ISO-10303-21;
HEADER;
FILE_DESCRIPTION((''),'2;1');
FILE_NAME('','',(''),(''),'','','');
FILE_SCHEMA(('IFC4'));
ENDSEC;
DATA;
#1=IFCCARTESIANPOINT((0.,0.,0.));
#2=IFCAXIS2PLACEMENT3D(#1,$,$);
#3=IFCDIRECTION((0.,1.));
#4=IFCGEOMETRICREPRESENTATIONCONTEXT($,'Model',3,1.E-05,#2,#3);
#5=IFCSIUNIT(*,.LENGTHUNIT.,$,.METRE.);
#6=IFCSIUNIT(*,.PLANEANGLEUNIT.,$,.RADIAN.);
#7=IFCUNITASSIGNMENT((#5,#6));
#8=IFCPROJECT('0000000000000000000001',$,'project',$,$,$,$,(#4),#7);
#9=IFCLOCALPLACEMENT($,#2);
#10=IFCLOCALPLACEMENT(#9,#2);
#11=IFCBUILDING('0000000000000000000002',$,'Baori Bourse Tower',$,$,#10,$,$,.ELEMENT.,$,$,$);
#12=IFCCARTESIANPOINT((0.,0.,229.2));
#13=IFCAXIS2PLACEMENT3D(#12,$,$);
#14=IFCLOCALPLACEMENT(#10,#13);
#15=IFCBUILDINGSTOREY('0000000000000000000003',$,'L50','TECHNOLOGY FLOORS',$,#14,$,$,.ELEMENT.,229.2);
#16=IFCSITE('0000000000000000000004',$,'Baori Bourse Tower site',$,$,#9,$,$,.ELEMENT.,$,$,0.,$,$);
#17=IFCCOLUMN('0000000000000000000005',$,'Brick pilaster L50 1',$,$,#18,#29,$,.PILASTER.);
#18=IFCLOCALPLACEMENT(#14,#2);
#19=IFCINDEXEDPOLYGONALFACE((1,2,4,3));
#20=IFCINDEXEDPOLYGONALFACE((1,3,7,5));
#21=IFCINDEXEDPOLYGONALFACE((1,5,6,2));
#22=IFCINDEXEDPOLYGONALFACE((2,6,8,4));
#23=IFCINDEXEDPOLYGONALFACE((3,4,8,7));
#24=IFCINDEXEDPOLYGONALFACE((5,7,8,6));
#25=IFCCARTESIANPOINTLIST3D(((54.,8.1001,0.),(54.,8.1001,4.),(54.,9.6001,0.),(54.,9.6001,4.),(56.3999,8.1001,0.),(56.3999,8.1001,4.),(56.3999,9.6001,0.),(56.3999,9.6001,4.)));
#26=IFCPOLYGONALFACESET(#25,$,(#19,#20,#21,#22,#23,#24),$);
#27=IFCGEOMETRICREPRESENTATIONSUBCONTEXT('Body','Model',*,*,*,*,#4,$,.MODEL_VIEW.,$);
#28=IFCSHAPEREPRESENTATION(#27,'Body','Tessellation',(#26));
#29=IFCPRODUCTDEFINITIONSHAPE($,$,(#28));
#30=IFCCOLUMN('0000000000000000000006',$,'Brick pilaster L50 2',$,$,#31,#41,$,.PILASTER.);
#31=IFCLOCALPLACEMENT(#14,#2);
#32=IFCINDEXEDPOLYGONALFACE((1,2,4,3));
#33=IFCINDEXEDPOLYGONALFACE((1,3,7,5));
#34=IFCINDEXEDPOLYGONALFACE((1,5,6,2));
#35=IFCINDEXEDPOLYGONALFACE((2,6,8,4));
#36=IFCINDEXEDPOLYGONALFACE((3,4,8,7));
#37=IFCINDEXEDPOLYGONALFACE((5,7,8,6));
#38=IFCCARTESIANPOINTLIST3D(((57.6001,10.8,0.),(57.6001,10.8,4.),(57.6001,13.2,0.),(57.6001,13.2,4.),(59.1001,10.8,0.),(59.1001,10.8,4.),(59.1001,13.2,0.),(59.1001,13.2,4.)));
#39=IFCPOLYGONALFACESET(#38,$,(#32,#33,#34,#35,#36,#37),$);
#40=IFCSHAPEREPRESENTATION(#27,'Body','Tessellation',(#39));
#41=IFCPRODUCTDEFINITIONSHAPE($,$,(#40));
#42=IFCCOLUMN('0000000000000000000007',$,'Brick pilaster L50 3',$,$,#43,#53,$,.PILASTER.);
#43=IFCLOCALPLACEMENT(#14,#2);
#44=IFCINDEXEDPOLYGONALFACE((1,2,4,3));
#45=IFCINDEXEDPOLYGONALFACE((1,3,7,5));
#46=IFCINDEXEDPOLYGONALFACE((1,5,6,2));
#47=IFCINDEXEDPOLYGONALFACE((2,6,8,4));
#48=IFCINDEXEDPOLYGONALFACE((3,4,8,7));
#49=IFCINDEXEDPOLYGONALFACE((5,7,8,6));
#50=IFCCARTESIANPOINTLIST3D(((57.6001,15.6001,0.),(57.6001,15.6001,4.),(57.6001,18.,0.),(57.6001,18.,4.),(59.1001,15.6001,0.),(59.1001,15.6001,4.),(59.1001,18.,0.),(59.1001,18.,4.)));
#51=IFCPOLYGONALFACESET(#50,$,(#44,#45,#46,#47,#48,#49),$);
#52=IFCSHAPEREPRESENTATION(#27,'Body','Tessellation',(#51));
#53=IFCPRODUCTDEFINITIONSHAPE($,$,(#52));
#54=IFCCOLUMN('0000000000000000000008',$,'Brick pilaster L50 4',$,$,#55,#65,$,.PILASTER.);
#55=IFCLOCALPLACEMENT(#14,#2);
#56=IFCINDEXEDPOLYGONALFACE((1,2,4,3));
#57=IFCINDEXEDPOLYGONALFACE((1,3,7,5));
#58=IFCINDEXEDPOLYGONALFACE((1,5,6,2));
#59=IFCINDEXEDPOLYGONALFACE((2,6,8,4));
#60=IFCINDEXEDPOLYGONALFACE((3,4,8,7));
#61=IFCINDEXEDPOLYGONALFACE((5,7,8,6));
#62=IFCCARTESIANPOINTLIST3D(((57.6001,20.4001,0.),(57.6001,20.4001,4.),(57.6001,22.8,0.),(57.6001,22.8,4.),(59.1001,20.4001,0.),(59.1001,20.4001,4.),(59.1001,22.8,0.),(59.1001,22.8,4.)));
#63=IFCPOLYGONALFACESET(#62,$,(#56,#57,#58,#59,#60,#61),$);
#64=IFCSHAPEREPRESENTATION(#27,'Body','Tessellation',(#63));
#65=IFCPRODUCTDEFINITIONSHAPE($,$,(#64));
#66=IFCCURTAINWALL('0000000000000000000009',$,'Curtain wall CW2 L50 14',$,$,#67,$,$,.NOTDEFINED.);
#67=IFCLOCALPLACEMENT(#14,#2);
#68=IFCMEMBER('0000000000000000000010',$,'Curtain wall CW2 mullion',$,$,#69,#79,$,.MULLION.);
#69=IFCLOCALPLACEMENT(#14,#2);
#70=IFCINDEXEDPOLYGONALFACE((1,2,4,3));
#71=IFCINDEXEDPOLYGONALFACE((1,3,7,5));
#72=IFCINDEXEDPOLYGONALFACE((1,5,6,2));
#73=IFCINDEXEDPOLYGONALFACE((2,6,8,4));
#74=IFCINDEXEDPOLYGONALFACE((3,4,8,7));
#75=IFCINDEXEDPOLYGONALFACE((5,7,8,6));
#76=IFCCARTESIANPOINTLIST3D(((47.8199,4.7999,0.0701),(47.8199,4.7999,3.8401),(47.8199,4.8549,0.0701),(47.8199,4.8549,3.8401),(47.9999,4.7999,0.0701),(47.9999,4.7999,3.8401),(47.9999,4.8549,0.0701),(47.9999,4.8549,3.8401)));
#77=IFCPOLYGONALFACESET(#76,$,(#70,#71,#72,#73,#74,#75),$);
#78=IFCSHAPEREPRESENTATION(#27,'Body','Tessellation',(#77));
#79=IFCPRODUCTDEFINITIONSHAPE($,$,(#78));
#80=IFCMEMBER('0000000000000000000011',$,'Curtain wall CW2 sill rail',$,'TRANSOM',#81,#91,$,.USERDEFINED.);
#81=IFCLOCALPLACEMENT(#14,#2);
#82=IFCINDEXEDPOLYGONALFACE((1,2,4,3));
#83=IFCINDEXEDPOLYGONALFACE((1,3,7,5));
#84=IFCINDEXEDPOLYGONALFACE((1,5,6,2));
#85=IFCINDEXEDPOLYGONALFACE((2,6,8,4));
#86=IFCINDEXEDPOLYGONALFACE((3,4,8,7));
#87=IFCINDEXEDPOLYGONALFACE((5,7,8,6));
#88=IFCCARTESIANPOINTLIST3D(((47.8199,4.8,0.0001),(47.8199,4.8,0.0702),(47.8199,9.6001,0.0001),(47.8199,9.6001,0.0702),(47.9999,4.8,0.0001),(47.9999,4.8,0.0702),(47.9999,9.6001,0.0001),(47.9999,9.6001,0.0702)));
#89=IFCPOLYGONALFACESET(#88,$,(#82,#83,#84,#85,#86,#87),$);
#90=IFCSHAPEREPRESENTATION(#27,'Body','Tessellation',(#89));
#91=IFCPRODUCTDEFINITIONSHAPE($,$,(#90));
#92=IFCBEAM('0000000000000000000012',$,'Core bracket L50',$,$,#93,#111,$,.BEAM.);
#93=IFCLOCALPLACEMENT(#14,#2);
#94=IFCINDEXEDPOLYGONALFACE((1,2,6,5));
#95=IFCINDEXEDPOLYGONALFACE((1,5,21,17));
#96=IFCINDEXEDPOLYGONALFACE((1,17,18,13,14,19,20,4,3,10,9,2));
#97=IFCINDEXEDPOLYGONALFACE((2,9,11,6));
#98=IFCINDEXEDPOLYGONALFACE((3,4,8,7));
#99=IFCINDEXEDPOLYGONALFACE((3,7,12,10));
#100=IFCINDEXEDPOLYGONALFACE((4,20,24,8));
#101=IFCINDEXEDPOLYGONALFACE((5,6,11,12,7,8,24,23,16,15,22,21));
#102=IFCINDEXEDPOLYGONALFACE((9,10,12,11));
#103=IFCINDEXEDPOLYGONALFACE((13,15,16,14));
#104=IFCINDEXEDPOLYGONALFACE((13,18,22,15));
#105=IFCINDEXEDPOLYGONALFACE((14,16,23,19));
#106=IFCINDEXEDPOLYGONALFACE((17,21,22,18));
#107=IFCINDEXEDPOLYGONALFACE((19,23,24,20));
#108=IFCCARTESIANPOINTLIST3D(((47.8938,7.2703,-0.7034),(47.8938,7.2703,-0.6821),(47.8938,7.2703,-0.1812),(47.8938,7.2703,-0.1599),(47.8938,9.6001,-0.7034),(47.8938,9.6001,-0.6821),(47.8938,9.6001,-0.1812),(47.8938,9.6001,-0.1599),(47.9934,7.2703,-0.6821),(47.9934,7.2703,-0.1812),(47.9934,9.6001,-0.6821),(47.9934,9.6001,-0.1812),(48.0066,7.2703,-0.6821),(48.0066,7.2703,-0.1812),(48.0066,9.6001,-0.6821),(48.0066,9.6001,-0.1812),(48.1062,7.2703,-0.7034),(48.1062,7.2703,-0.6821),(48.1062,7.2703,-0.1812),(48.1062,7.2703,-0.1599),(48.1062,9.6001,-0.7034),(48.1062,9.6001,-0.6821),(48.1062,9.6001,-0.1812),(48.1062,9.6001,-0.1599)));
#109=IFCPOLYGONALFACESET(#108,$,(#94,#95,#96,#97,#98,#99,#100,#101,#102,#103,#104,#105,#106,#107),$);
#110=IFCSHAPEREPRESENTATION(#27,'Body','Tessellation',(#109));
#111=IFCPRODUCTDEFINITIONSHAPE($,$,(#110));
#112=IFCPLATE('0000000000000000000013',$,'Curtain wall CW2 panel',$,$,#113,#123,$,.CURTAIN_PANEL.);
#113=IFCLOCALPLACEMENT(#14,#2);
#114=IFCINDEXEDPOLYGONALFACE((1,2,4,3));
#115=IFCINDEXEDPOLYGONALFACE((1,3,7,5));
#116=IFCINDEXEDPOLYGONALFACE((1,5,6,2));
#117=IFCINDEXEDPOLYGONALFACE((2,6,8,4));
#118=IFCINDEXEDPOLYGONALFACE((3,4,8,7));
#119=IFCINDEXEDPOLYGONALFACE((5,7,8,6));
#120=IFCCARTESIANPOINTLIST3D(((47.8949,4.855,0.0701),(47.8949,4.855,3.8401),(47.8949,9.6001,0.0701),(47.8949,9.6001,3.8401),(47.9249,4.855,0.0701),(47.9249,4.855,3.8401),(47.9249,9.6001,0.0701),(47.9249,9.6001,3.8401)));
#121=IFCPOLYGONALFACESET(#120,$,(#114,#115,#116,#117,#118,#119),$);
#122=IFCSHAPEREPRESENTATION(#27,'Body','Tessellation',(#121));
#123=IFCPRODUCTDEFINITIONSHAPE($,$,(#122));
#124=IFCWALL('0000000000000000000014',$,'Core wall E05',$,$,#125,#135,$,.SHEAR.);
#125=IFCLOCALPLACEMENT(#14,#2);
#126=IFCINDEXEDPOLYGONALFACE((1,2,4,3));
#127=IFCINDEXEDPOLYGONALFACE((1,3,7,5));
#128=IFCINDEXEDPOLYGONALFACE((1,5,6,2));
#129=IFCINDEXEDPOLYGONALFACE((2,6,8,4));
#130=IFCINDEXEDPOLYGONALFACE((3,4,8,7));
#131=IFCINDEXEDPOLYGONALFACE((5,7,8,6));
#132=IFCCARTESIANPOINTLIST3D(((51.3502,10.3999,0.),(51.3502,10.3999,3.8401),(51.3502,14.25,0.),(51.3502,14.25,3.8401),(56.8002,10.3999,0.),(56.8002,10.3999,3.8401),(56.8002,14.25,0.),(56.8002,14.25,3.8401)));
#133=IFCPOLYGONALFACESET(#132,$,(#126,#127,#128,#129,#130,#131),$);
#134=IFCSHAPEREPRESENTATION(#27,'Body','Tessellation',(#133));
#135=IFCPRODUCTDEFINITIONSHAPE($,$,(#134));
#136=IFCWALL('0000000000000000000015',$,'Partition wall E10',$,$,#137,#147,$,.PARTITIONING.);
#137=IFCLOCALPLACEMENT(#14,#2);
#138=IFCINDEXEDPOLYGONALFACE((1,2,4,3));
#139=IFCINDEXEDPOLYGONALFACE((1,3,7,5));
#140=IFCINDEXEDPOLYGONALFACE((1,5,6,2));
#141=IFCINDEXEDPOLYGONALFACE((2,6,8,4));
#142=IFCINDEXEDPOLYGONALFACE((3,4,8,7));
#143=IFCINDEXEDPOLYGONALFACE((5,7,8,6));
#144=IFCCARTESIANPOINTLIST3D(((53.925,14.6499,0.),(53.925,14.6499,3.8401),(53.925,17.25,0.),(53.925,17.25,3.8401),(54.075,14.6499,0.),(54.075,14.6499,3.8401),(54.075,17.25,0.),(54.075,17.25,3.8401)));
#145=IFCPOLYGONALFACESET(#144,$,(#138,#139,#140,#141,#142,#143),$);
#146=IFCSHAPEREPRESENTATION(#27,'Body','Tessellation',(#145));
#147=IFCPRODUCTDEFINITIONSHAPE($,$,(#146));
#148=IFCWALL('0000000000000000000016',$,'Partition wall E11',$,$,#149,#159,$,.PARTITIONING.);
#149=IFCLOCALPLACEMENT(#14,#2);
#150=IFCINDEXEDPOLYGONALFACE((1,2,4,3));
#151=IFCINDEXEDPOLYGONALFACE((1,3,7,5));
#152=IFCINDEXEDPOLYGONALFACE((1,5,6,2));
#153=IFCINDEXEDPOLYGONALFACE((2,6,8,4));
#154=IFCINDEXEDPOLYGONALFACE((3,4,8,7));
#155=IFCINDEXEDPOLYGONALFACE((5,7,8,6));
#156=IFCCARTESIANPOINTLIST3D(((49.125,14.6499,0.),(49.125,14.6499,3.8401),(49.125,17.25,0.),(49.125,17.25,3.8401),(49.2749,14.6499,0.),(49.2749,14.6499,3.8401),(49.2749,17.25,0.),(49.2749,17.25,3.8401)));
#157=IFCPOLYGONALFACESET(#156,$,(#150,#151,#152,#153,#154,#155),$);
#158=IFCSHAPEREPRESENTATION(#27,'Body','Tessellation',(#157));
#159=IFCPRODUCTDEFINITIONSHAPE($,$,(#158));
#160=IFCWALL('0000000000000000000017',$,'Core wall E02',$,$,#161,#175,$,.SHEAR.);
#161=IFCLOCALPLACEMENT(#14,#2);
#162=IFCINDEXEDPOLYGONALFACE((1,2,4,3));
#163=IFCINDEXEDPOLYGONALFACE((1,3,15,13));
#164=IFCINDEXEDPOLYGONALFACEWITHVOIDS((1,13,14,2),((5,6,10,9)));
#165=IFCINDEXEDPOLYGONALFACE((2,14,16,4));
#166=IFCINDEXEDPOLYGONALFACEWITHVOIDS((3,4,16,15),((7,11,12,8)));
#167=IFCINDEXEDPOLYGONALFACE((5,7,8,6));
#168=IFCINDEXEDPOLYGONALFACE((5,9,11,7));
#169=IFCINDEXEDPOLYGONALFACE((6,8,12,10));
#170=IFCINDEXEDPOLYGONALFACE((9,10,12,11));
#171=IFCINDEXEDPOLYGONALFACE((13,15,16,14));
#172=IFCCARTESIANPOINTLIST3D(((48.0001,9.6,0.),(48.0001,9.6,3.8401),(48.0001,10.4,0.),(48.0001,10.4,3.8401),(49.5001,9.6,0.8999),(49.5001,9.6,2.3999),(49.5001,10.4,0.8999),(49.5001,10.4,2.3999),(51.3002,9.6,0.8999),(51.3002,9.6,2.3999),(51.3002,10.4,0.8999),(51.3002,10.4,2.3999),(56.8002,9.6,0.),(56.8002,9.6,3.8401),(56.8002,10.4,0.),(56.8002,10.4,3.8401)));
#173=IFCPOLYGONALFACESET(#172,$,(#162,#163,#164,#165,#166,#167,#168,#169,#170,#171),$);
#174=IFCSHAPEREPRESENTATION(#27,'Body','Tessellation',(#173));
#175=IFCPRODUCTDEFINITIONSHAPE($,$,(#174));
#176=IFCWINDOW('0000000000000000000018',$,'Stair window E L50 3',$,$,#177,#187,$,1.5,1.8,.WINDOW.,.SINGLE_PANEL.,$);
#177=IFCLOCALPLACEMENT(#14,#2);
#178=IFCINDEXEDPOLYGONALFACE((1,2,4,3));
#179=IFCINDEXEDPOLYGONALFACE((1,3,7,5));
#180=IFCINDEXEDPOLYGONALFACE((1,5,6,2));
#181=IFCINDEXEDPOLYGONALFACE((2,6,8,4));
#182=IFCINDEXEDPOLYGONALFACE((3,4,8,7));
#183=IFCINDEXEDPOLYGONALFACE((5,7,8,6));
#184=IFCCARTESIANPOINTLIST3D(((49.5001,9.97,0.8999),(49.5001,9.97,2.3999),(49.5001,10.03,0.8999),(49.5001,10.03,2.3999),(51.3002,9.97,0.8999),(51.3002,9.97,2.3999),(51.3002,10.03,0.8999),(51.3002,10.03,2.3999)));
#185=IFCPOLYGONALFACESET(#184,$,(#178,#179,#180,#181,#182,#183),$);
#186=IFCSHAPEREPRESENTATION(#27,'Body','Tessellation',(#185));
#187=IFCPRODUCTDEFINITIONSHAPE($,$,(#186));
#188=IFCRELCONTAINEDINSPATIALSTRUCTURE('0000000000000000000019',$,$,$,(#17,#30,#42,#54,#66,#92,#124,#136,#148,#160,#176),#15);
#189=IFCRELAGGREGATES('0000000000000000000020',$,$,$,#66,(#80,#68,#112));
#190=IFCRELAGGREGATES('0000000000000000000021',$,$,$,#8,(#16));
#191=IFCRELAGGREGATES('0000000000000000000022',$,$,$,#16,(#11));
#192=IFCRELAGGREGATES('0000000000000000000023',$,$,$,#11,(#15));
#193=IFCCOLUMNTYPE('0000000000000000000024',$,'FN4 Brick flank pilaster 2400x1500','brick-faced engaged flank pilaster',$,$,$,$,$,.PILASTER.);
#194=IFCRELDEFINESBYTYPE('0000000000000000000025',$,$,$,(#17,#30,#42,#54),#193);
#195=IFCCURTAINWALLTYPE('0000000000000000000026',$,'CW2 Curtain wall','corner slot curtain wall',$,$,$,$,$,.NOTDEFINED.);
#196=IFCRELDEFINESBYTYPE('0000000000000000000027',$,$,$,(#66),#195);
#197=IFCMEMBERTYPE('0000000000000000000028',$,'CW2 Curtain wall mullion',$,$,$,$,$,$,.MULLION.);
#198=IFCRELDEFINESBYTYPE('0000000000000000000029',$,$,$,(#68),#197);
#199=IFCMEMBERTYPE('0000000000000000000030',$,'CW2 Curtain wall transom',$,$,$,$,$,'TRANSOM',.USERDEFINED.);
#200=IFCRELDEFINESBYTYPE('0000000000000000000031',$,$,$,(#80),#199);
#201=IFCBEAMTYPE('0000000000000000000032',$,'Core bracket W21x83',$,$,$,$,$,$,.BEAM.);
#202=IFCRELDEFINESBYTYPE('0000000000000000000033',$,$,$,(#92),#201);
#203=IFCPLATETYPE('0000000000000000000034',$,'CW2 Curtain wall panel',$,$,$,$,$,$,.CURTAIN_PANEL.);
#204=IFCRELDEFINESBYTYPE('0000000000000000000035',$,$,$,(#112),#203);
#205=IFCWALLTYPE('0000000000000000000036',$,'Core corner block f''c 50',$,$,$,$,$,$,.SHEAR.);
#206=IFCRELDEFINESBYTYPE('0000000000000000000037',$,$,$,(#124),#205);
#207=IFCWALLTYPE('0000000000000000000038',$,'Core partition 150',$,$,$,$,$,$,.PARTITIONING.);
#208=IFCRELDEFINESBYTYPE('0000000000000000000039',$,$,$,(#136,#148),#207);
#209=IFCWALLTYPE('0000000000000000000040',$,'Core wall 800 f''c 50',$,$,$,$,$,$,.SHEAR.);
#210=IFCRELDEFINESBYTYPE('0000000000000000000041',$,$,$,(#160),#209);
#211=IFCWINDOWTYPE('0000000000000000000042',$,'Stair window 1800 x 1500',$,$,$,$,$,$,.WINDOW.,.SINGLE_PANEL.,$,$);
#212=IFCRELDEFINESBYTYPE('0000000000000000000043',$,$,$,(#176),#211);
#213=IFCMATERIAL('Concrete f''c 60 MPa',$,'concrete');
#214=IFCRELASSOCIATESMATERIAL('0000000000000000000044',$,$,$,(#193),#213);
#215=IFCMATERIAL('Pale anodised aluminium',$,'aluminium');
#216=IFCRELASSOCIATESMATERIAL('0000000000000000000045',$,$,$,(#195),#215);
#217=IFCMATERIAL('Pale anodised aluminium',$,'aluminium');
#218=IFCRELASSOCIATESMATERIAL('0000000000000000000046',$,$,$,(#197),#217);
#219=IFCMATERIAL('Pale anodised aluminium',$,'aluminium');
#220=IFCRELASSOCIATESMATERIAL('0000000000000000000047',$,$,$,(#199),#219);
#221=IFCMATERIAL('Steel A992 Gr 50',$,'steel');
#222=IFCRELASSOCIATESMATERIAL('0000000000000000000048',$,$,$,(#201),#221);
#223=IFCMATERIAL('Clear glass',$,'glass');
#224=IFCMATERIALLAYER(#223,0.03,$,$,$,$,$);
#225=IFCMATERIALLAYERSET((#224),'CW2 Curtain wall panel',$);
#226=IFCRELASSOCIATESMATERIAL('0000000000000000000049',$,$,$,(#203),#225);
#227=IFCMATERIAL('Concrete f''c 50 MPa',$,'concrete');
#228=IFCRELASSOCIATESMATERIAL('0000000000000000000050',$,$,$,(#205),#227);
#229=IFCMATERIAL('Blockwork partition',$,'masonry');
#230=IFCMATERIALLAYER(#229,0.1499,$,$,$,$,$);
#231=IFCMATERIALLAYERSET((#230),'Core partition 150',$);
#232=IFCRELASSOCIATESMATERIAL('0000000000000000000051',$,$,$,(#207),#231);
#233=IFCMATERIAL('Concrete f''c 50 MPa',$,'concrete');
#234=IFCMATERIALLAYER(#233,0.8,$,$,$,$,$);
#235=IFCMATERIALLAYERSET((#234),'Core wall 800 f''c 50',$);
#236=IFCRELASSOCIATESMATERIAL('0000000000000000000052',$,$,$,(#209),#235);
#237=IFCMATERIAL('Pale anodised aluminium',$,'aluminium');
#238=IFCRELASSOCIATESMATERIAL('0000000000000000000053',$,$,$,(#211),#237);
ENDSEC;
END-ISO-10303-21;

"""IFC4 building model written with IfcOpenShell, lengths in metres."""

from ifc_helpers import new_model, si_unit, direction, frame, frame_2d, origin, origin_2d, place, context, subcontext, project, spatial, rectangle, i_section, extrude, material, layer, layer_set, material_profile, profile_set, type_object, element, fill, aggregate, save


model = new_model("IFC4")

# Units and contexts
model_context = context("Model", 3, precision=1e-05, world=origin(), true_north=direction((0.0, 1.0)))
body_context = subcontext(model_context, "Body", "Model", "MODEL_VIEW")
ifc_project = project(units=[si_unit("LENGTHUNIT", "METRE"), si_unit("PLANEANGLEUNIT", "RADIAN")], contexts=[model_context])

# Site, building, storey
site_placement = place(None, origin())
site = spatial("IfcSite", under=ifc_project, at=site_placement, Name="Baori Bourse Tower site", CompositionType="ELEMENT", RefElevation=0.0)
building_placement = place(site_placement, origin())
building = spatial("IfcBuilding", under=site, at=building_placement, Name="Baori Bourse Tower", CompositionType="ELEMENT")
storey_placement = place(building_placement, frame((0.0, 0.0, 229.2)))
storey = spatial("IfcBuildingStorey", under=building, at=storey_placement, Name="L50", Description="TECHNOLOGY FLOORS", CompositionType="ELEMENT", Elevation=229.2)

# Columns
ifc_material_1 = material(Name="Concrete f'c 60 MPa", Category="concrete")
ifc_material_profile_1 = material_profile(ifc_material_1, rectangle(XDim=2.3999, YDim=1.5, at=origin_2d()), Name="RC 2400x1500")
ifc_profile_set_1 = profile_set([ifc_material_profile_1], Name="Concrete f'c 60 MPa")
column_type = type_object("IfcColumnType", Name="FN4 Brick flank pilaster 2400x1500", Description="brick-faced engaged flank pilaster", PredefinedType="PILASTER", material=ifc_profile_set_1)
for number, where, z_axis, x_axis, name in (
    (1, (55.2, 8.8501, 0.0), (0.0, 0.0, 1.0), (1.0, 0.0, 0.0), "Brick pilaster L50 1"),
    (2, (58.3501, 12.0, 0.0), (0.0, 0.0, 1.0), (0.0, 1.0, 0.0), "Brick pilaster L50 2"),
    (3, (58.3501, 16.8, 0.0), (0.0, 0.0, 1.0), (0.0, 1.0, 0.0), "Brick pilaster L50 3"),
    (4, (58.3501, 21.6001, 0.0), (0.0, 0.0, 1.0), (0.0, 1.0, 0.0), "Brick pilaster L50 4"),
):
    element("IfcColumn", number, at=place(storey_placement, frame(where, z_axis=z_axis, x_axis=x_axis)), inside=storey, type_object=column_type, Name=name, PredefinedType="PILASTER", context=body_context, shape_type="SweptSolid", body=[
        extrude(rectangle(XDim=2.3999, YDim=1.5, at=origin_2d()), origin(), (0.0, 0.0, 1.0), 4.0),
    ])

# Curtain wall, members
ifc_material_2 = material(Name="Pale anodised aluminium", Category="aluminium")
curtain_wall_type = type_object("IfcCurtainWallType", Name="CW2 Curtain wall", Description="corner slot curtain wall", PredefinedType="NOTDEFINED", material=ifc_material_2)
curtain_wall_placement = place(storey_placement, origin())
curtain_wall = element("IfcCurtainWall", 5, at=curtain_wall_placement, inside=storey, type_object=curtain_wall_type, Name="Curtain wall CW2 L50 14", PredefinedType="NOTDEFINED")
ifc_material_3 = material(Name="Pale anodised aluminium", Category="aluminium")
ifc_material_profile_2 = material_profile(ifc_material_3, rectangle(XDim=0.1799, YDim=0.0549, at=origin_2d()), Name="Mullion 55x180")
ifc_profile_set_2 = profile_set([ifc_material_profile_2], Name="Pale anodised aluminium")
member_type_1 = type_object("IfcMemberType", Name="CW2 Curtain wall mullion", PredefinedType="MULLION", material=ifc_profile_set_2)
member_1_placement = place(storey_placement, frame((47.9099, 4.8274, 0.0701), z_axis=(0.0, 0.0, 1.0), x_axis=(-1.0, 0.0, 0.0)))
member_1 = element("IfcMember", 6, at=member_1_placement, type_object=member_type_1, Name="Curtain wall CW2 mullion", PredefinedType="MULLION", context=body_context, shape_type="SweptSolid", body=[
    extrude(rectangle(XDim=0.1799, YDim=0.0549, at=origin_2d()), origin(), (0.0, 0.0, 1.0), 3.77),
])
ifc_material_4 = material(Name="Pale anodised aluminium", Category="aluminium")
ifc_material_profile_3 = material_profile(ifc_material_4, rectangle(XDim=0.1799, YDim=0.0701, at=origin_2d()), Name="Transom 70x180")
ifc_profile_set_3 = profile_set([ifc_material_profile_3], Name="Pale anodised aluminium")
member_type_2 = type_object("IfcMemberType", Name="CW2 Curtain wall transom", ElementType="TRANSOM", PredefinedType="USERDEFINED", material=ifc_profile_set_3)
member_2_placement = place(storey_placement, frame((47.9099, 4.8, 0.0352), z_axis=(0.0, 1.0, 0.0), x_axis=(-1.0, 0.0, 0.0)))
member_2 = element("IfcMember", 7, at=member_2_placement, type_object=member_type_2, Name="Curtain wall CW2 sill rail", ObjectType="TRANSOM", PredefinedType="USERDEFINED", context=body_context, shape_type="SweptSolid", body=[
    extrude(rectangle(XDim=0.1799, YDim=0.0701, at=origin_2d()), origin(), (0.0, 0.0, 1.0), 4.8),
])

# Beam
ifc_material_5 = material(Name="Steel A992 Gr 50", Category="steel")
ifc_material_profile_4 = material_profile(ifc_material_5, i_section(OverallWidth=0.2124, OverallDepth=0.5435, WebThickness=0.0132, FlangeThickness=0.0212, at=origin_2d()), Name="W21x83")
ifc_profile_set_4 = profile_set([ifc_material_profile_4], Name="Steel A992 Gr 50")
beam_type = type_object("IfcBeamType", Name="Core bracket W21x83", PredefinedType="BEAM", material=ifc_profile_set_4)
beam_placement = place(storey_placement, frame((48.0, 7.2703, -0.4316), z_axis=(0.0, 1.0, 0.0), x_axis=(-1.0, 0.0, 0.0)))
element("IfcBeam", 8, at=beam_placement, inside=storey, type_object=beam_type, Name="Core bracket L50", PredefinedType="BEAM", context=body_context, shape_type="SweptSolid", body=[
    extrude(i_section(OverallWidth=0.2124, OverallDepth=0.5435, WebThickness=0.0132, FlangeThickness=0.0212, at=origin_2d()), origin(), (0.0, 0.0, 1.0), 2.3298),
])

# Plate
ifc_material_6 = material(Name="Clear glass", Category="glass")
ifc_layer_1 = layer(ifc_material_6, 0.03)
ifc_layer_set_1 = layer_set([ifc_layer_1], Name="CW2 Curtain wall panel")
plate_type = type_object("IfcPlateType", Name="CW2 Curtain wall panel", PredefinedType="CURTAIN_PANEL", material=ifc_layer_set_1)
plate_placement = place(storey_placement, frame((47.9099, 7.2275, 0.0701), z_axis=(0.0, 0.0, 1.0), x_axis=(0.0, 1.0, 0.0)))
plate = element("IfcPlate", 9, at=plate_placement, type_object=plate_type, Name="Curtain wall CW2 panel", PredefinedType="CURTAIN_PANEL", context=body_context, shape_type="SweptSolid", body=[
    extrude(rectangle(XDim=4.7451, YDim=0.03, at=origin_2d()), origin(), (0.0, 0.0, 1.0), 3.77),
])
aggregate(curtain_wall, [member_2, member_1, plate])

# Walls
ifc_material_7 = material(Name="Concrete f'c 50 MPa", Category="concrete")
wall_type_1 = type_object("IfcWallType", Name="Core corner block f'c 50", PredefinedType="SHEAR", material=ifc_material_7)
wall_1_placement = place(storey_placement, frame((51.3501, 12.325, 0.0), z_axis=(0.0, 0.0, 1.0), x_axis=(1.0, 0.0, 0.0)))
element("IfcWall", 10, at=wall_1_placement, inside=storey, type_object=wall_type_1, Name="Core wall E05", PredefinedType="SHEAR", context=body_context, shape_type="SweptSolid", body=[
    extrude(rectangle(XDim=5.45, YDim=3.8501, at=frame_2d((2.7251, 0.0))), origin(), (0.0, 0.0, 1.0), 3.8401),
])
ifc_material_8 = material(Name="Blockwork partition", Category="masonry")
ifc_layer_2 = layer(ifc_material_8, 0.1499)
ifc_layer_set_2 = layer_set([ifc_layer_2], Name="Core partition 150")
wall_type_2 = type_object("IfcWallType", Name="Core partition 150", PredefinedType="PARTITIONING", material=ifc_layer_set_2)
for number, where, z_axis, x_axis, name in (
    (11, (54.0, 14.6499, 0.0), (0.0, 0.0, 1.0), (0.0, 1.0, 0.0), "Partition wall E10"),
    (12, (49.2, 14.6499, 0.0), (0.0, 0.0, 1.0), (0.0, 1.0, 0.0), "Partition wall E11"),
):
    element("IfcWall", number, at=place(storey_placement, frame(where, z_axis=z_axis, x_axis=x_axis)), inside=storey, type_object=wall_type_2, Name=name, PredefinedType="PARTITIONING", context=body_context, shape_type="SweptSolid", body=[
        extrude(rectangle(XDim=2.6001, YDim=0.1499, at=frame_2d((1.3, 0.0))), origin(), (0.0, 0.0, 1.0), 3.8401),
    ])

# Wall, opening, window
ifc_material_9 = material(Name="Concrete f'c 50 MPa", Category="concrete")
ifc_layer_3 = layer(ifc_material_9, 0.8)
ifc_layer_set_3 = layer_set([ifc_layer_3], Name="Core wall 800 f'c 50")
wall_type_3 = type_object("IfcWallType", Name="Core wall 800 f'c 50", PredefinedType="SHEAR", material=ifc_layer_set_3)
wall_2_placement = place(storey_placement, frame((56.8, 10.0, 0.0), z_axis=(0.0, 0.0, 1.0), x_axis=(-1.0, 0.0, 0.0)))
wall_2 = element("IfcWall", 13, at=wall_2_placement, inside=storey, type_object=wall_type_3, Name="Core wall E02", PredefinedType="SHEAR", context=body_context, shape_type="SweptSolid", body=[
    extrude(rectangle(XDim=8.8, YDim=0.8, at=frame_2d((4.3999, 0.0))), origin(), (0.0, 0.0, 1.0), 3.8401),
])
opening_1_placement = place(wall_2_placement, frame((5.5, 0.0, 0.8999)))
opening_1 = element("IfcOpeningElement", 14, at=opening_1_placement, cuts=wall_2, PredefinedType="OPENING", context=body_context, shape_type="SweptSolid", body=[
    extrude(rectangle(XDim=1.8, YDim=1.5, at=frame_2d((0.8999, 0.75))), frame((0.0, 0.4099, 0.0), z_axis=(0.0, -1.0, 0.0), x_axis=(1.0, 0.0, 0.0)), (0.0, 0.0, 1.0), 0.8201),
])
ifc_material_10 = material(Name="Pale anodised aluminium", Category="aluminium")
window_type = type_object("IfcWindowType", Name="Stair window 1800 x 1500", PartitioningType="SINGLE_PANEL", PredefinedType="WINDOW", material=ifc_material_10)
window_placement = place(opening_1_placement, origin())
window = element("IfcWindow", 15, at=window_placement, inside=storey, type_object=window_type, Name="Stair window E L50 3", OverallHeight=1.5, OverallWidth=1.8, PartitioningType="SINGLE_PANEL", PredefinedType="WINDOW", context=body_context, shape_type="SweptSolid", body=[
    extrude(rectangle(XDim=1.8, YDim=1.5, at=frame_2d((0.8999, 0.75))), frame((0.0, 0.03, 0.0), z_axis=(0.0, -1.0, 0.0), x_axis=(1.0, 0.0, 0.0)), (0.0, 0.0, 1.0), 0.0601),
])
fill(opening_1, window)

save(model, "model.ifc")
